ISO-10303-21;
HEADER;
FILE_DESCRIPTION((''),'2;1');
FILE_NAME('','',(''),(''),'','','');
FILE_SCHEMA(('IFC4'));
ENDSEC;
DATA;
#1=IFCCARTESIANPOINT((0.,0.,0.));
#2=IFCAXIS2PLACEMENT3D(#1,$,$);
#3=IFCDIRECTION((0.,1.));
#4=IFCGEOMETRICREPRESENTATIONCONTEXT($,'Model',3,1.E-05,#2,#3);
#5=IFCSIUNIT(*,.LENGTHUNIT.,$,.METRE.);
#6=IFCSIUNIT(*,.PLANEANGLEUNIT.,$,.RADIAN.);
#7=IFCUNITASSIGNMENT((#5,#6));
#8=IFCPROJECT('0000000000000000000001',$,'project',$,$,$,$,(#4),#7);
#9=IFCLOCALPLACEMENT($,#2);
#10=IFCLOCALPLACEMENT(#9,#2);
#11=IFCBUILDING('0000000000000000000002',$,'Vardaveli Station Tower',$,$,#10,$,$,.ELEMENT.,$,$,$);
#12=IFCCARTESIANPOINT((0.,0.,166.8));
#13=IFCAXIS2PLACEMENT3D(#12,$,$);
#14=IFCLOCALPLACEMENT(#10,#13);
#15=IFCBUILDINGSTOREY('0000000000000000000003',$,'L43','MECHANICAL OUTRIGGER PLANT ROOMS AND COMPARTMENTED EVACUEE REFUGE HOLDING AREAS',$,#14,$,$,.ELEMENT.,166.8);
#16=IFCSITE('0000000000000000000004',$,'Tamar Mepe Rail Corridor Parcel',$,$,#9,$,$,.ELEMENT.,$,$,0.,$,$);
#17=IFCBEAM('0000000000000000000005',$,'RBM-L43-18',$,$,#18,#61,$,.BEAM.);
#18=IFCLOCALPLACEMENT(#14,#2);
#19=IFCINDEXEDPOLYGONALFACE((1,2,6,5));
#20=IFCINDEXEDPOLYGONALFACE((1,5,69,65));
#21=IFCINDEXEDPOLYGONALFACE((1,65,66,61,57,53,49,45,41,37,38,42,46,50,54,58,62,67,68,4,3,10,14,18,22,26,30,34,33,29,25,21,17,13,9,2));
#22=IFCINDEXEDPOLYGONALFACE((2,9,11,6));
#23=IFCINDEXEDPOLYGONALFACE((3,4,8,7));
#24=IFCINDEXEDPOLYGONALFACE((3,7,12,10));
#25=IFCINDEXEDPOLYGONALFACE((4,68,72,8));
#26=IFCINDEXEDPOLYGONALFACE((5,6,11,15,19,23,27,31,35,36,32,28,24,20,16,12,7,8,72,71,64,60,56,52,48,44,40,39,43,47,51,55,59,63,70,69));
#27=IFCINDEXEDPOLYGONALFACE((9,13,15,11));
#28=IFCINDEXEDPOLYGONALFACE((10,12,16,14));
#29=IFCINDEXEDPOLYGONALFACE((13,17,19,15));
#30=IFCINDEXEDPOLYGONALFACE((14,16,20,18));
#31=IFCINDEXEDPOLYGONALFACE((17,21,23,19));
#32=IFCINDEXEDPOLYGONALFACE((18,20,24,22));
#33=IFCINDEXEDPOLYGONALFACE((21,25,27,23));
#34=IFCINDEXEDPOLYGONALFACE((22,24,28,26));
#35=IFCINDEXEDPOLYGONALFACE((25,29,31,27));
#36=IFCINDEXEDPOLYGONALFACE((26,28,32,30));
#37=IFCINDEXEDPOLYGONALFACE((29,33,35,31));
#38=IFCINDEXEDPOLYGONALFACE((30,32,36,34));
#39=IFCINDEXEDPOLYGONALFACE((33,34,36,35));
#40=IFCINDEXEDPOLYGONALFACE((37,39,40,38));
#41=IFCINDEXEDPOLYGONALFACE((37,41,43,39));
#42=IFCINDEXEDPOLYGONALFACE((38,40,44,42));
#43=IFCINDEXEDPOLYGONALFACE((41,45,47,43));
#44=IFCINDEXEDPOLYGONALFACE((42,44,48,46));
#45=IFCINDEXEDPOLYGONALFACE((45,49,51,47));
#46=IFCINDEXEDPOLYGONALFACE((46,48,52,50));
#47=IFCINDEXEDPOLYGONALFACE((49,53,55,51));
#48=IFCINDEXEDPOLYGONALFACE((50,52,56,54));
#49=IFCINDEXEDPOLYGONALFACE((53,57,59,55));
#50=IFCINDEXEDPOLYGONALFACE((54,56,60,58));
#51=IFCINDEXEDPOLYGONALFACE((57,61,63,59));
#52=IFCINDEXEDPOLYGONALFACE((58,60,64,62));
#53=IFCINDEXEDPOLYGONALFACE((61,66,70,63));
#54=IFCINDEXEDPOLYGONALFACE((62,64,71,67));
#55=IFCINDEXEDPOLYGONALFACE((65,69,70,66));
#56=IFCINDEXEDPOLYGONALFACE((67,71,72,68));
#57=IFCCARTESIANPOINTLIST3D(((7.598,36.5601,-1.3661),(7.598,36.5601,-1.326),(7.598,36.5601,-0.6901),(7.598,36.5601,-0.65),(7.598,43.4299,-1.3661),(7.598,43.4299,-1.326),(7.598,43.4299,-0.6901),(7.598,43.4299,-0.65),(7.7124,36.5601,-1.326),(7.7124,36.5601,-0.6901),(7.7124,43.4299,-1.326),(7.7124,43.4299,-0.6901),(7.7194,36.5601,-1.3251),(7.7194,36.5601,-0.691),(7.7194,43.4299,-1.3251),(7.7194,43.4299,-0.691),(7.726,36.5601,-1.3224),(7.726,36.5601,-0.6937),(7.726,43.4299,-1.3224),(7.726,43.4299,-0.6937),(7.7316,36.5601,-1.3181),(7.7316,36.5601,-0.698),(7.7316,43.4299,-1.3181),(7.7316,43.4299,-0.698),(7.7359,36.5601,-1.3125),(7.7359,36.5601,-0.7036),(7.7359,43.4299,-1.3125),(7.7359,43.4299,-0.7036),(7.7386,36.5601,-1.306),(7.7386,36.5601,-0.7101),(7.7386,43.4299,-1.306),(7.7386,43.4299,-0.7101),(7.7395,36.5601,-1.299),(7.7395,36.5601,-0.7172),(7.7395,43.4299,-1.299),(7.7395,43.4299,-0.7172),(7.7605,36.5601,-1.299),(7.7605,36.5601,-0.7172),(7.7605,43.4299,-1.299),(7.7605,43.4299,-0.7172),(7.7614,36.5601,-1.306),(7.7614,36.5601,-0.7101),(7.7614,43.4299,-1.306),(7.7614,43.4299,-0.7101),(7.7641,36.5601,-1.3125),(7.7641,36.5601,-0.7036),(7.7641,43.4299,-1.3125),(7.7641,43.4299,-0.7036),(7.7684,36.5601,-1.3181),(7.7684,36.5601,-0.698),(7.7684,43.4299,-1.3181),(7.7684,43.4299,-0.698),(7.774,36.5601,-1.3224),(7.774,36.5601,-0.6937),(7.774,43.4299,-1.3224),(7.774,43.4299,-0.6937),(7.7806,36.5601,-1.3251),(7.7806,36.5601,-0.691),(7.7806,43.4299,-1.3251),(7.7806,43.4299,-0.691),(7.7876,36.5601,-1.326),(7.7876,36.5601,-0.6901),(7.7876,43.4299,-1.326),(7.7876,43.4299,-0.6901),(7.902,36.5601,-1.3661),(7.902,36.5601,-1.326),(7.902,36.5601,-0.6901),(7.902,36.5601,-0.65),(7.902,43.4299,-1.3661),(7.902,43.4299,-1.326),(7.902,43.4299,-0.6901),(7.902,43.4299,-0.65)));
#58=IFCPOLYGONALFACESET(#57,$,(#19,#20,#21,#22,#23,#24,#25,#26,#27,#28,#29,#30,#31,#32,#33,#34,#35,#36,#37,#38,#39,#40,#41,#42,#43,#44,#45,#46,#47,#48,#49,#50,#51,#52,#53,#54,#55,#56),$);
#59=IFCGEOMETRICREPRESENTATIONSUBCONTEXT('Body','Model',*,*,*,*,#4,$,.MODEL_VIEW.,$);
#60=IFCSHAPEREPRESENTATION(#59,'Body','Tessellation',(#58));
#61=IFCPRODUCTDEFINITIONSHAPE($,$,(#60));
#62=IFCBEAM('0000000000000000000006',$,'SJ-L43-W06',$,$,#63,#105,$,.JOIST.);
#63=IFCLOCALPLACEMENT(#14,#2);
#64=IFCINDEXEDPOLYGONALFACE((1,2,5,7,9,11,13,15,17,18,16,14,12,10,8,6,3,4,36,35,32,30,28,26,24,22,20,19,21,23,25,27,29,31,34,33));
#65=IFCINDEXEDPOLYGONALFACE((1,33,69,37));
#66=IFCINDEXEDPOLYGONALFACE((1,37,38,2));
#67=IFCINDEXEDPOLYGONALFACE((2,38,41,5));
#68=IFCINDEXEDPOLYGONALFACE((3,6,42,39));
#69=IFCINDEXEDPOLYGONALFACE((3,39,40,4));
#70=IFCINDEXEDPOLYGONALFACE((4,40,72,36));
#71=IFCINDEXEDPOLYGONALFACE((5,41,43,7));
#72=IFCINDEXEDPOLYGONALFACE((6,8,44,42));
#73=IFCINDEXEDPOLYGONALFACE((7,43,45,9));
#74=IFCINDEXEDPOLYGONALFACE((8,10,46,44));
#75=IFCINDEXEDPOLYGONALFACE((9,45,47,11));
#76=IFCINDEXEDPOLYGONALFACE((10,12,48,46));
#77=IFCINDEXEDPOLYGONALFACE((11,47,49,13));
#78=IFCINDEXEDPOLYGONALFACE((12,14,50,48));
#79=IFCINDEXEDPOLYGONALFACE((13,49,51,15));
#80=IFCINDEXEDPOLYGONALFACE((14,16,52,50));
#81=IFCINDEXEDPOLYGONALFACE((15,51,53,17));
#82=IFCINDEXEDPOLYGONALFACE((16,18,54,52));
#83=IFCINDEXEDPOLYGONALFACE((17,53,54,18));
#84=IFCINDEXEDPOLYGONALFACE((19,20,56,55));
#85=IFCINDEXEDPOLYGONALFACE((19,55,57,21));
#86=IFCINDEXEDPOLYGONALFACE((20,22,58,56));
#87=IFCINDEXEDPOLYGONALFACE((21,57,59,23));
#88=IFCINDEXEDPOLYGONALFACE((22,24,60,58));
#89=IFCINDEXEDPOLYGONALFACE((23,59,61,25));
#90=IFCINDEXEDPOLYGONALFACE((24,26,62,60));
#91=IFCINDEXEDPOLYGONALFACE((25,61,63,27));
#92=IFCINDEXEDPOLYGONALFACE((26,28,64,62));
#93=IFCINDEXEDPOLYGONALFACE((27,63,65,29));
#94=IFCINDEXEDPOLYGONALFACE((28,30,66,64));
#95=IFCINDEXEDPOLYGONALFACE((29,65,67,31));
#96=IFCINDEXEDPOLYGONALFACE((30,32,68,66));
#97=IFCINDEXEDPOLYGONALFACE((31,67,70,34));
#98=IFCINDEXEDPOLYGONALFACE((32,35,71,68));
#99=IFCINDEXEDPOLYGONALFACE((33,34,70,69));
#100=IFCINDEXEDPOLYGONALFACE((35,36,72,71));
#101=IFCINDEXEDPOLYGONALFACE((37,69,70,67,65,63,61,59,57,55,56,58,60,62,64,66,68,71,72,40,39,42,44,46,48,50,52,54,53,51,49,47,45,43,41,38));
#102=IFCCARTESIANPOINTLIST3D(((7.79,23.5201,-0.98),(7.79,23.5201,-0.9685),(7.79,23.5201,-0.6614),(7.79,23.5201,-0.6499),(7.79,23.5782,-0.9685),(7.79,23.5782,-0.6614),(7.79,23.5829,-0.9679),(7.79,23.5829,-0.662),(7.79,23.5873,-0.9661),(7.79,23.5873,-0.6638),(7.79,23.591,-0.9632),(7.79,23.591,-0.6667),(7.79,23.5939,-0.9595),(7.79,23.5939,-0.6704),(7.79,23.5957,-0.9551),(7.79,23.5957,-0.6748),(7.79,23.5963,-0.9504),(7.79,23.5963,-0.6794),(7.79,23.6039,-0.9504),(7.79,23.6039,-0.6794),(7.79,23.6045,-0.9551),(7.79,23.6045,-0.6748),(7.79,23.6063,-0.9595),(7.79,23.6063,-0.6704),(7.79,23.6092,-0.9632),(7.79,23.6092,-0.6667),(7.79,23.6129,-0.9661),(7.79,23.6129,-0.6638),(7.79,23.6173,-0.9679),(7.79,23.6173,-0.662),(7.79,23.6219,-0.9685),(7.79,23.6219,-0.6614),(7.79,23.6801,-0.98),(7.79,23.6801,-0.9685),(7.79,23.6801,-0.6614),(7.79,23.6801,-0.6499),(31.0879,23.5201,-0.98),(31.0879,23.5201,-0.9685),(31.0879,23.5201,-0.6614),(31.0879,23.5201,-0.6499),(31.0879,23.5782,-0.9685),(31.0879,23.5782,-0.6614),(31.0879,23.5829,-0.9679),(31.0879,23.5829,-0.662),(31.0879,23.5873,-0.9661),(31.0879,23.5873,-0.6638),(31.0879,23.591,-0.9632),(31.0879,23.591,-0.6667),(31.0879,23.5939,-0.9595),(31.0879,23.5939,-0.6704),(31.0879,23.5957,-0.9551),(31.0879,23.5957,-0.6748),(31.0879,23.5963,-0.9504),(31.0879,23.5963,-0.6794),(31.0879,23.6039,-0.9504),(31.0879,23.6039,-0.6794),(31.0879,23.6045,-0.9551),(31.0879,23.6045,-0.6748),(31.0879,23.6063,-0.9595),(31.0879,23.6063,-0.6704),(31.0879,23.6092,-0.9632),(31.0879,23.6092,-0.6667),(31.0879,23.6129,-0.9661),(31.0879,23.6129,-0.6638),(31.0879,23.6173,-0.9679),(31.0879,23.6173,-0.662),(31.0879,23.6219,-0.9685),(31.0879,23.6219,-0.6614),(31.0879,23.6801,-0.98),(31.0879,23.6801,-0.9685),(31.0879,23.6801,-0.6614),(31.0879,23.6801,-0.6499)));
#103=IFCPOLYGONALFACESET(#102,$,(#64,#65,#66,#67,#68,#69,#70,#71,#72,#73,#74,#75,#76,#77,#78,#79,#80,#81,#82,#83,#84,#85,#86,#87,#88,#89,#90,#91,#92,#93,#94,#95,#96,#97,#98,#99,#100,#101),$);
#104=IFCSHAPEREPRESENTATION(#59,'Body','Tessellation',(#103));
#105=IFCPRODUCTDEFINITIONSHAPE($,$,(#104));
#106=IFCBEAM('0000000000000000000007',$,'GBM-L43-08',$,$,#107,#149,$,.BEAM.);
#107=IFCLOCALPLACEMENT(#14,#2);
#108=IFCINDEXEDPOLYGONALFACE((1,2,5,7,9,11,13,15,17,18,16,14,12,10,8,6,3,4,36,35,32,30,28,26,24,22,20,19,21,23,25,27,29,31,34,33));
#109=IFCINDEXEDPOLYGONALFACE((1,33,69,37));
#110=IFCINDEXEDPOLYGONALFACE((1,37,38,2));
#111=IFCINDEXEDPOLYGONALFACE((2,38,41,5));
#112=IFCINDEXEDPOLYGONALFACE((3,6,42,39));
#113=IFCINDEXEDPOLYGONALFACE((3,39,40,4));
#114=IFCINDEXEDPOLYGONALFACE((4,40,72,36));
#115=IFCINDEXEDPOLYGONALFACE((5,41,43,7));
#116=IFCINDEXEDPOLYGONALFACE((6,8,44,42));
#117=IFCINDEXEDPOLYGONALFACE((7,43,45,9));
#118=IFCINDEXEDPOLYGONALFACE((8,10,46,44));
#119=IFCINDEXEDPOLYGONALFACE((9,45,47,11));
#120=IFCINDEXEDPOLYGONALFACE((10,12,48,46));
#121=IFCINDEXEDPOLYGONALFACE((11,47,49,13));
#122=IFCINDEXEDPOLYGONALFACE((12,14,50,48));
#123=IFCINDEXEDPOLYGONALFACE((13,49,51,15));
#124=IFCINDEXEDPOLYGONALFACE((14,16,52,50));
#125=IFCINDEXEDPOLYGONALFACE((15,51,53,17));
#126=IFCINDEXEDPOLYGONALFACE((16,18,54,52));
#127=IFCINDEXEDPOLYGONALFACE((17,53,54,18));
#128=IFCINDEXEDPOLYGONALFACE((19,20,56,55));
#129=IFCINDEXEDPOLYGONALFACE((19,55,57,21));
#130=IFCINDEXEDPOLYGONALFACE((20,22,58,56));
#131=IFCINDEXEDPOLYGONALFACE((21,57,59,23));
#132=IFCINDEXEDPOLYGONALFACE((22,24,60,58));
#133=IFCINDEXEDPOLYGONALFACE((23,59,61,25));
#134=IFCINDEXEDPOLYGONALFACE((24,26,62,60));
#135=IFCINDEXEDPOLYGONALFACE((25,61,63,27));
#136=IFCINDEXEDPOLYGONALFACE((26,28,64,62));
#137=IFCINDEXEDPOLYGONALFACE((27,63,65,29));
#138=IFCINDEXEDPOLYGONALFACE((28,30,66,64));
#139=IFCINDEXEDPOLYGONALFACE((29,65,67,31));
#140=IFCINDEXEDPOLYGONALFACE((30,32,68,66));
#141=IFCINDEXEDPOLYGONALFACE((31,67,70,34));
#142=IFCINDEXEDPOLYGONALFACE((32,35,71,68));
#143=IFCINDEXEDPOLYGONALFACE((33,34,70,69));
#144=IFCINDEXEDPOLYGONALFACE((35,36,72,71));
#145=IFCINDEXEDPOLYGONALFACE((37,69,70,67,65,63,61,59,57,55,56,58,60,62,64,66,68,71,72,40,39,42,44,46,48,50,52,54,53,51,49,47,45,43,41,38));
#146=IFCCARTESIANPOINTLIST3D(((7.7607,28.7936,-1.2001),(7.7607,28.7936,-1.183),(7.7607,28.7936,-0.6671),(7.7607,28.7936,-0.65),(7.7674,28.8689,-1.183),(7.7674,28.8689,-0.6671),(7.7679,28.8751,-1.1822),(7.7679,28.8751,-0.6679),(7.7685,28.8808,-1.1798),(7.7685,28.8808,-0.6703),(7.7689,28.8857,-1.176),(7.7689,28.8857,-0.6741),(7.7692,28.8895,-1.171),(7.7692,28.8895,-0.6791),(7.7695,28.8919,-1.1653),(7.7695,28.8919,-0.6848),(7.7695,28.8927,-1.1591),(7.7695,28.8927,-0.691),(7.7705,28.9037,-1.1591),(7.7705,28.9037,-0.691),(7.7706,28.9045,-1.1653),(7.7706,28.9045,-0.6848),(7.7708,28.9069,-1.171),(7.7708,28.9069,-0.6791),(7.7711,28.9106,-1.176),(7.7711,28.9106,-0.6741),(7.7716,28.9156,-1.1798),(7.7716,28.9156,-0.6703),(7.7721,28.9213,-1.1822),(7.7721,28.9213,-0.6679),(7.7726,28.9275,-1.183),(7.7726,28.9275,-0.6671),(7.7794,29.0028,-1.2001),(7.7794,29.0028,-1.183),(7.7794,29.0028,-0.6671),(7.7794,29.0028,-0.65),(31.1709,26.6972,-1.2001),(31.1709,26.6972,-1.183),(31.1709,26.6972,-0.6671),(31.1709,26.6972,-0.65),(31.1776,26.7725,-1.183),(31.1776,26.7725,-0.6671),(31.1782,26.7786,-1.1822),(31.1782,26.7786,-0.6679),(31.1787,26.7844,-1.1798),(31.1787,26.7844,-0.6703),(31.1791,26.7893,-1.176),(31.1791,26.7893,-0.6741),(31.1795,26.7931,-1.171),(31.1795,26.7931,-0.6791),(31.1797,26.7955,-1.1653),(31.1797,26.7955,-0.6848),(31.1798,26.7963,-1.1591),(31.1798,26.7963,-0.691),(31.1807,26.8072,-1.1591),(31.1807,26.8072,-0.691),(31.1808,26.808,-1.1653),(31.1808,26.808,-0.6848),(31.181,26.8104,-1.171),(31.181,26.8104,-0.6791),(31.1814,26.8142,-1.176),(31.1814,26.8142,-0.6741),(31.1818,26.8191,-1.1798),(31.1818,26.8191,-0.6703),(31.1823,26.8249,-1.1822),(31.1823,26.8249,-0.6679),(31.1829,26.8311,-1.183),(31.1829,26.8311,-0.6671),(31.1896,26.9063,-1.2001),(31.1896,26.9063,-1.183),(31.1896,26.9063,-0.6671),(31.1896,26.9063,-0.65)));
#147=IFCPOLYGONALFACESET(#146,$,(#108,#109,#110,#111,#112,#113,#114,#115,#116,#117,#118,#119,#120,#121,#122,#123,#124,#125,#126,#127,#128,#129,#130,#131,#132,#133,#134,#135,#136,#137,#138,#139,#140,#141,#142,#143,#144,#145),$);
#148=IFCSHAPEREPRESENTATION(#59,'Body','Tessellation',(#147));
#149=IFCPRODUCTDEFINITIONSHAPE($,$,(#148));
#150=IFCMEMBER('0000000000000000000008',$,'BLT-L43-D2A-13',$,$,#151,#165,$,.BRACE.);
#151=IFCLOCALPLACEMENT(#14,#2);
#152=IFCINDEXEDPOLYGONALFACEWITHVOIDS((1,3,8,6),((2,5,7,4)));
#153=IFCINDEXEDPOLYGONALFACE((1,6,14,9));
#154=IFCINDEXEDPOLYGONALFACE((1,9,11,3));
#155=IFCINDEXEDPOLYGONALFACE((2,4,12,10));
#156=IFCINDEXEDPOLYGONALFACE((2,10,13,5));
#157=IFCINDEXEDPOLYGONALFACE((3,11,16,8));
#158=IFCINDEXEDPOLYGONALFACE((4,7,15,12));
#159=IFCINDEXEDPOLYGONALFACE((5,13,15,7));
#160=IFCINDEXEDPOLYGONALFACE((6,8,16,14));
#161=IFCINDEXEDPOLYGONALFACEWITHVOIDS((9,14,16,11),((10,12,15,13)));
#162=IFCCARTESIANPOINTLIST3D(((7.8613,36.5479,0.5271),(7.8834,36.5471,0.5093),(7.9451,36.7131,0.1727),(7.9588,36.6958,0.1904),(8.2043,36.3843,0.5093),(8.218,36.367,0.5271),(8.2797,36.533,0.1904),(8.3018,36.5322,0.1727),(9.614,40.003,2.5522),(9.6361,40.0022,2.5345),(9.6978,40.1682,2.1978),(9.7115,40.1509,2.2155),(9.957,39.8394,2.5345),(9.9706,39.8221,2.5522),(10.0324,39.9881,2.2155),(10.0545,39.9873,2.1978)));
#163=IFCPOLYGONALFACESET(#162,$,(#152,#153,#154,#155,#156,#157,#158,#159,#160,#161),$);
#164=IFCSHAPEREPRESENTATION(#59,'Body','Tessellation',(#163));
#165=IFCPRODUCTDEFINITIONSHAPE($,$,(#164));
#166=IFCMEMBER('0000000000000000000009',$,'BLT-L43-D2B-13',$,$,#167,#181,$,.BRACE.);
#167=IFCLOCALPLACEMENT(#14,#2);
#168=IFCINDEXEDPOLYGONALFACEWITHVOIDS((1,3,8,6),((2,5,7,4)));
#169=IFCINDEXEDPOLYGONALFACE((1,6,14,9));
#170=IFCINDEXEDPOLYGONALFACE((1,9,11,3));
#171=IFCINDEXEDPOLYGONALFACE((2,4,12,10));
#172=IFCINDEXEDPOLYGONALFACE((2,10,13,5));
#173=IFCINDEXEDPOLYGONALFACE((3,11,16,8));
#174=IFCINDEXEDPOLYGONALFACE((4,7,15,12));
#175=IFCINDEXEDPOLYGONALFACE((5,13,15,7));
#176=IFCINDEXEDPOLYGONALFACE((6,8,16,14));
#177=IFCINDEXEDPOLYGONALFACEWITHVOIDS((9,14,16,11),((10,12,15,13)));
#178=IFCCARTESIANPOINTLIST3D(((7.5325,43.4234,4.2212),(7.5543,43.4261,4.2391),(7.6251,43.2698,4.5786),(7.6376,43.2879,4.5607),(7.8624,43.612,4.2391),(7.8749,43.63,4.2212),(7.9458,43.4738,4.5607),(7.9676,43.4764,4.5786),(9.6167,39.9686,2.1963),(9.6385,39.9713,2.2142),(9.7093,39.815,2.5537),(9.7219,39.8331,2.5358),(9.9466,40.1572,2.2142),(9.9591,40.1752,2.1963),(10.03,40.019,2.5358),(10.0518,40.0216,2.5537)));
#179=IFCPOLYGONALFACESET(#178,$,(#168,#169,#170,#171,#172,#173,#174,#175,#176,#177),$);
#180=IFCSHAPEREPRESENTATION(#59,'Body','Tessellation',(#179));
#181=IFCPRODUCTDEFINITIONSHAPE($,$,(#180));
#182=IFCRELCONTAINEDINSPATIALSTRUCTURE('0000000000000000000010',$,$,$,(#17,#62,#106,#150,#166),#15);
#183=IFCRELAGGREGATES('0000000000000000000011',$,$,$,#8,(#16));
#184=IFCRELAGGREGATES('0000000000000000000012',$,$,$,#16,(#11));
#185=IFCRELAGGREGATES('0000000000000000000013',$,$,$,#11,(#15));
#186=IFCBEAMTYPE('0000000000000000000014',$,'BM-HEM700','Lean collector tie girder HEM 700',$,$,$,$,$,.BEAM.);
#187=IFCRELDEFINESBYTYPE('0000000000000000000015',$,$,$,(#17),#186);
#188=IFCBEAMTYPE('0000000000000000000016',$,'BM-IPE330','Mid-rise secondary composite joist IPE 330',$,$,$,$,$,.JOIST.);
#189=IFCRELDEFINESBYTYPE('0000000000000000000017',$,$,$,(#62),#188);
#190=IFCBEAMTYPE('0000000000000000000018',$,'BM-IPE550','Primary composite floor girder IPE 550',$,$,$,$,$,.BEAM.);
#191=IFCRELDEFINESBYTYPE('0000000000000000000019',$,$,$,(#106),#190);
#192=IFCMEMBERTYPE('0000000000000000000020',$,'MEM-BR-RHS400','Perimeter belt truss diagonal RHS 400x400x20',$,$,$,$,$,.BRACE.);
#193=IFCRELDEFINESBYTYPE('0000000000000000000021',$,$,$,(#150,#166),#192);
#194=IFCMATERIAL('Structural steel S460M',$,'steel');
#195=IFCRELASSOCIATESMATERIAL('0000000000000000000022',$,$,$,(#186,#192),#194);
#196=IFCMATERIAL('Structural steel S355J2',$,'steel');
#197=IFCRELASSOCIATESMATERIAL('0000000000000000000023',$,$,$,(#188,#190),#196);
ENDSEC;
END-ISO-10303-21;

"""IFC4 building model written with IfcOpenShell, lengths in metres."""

from ifc_helpers import new_model, si_unit, direction, frame, origin, origin_2d, place, context, subcontext, project, spatial, hollow_rectangle, i_section, extrude, source, transform, mapped, material, material_profile, profile_set, type_object, element, save


model = new_model("IFC4")

# Units and contexts
model_context = context("Model", 3, precision=1e-05, world=origin(), true_north=direction((0.0, 1.0)))
body_context = subcontext(model_context, "Body", "Model", "MODEL_VIEW")
ifc_project = project(units=[si_unit("LENGTHUNIT", "METRE"), si_unit("PLANEANGLEUNIT", "RADIAN")], contexts=[model_context])

# Site, building, storey
site_placement = place(None, origin())
site = spatial("IfcSite", under=ifc_project, at=site_placement, Name="Tamar Mepe Rail Corridor Parcel", CompositionType="ELEMENT", RefElevation=0.0)
building_placement = place(site_placement, origin())
building = spatial("IfcBuilding", under=site, at=building_placement, Name="Vardaveli Station Tower", CompositionType="ELEMENT")
storey_placement = place(building_placement, frame((0.0, 0.0, 166.8)))
storey = spatial("IfcBuildingStorey", under=building, at=storey_placement, Name="L43", Description="MECHANICAL OUTRIGGER PLANT ROOMS AND COMPARTMENTED EVACUEE REFUGE HOLDING AREAS", CompositionType="ELEMENT", Elevation=166.8)

# Shared definitions
ifc_material_1 = material(Name="Structural steel S460M", Category="steel")

# Beams
ifc_material_profile_1 = material_profile(ifc_material_1, i_section(OverallWidth=0.304, OverallDepth=0.7161, WebThickness=0.021, FlangeThickness=0.04, FilletRadius=0.0271, at=origin_2d()), Name="HEM 700")
ifc_profile_set_1 = profile_set([ifc_material_profile_1], Name="Structural steel S460M")
beam_type_1 = type_object("IfcBeamType", Name="BM-HEM700", Description="Lean collector tie girder HEM 700", PredefinedType="BEAM", material=ifc_profile_set_1)
shared_shape_1 = source(origin(), body_context, "Body", "SweptSolid", [
    extrude(i_section(OverallWidth=0.304, OverallDepth=0.7161, WebThickness=0.021, FlangeThickness=0.04, FilletRadius=0.0271, at=origin_2d()), origin(), (0.0, 0.0, 1.0), 6.8699),
])
beam_1_placement = place(storey_placement, frame((7.75, 43.4299, -1.0081), z_axis=(0.0, -1.0, 0.0), x_axis=(1.0, 0.0, 0.0)))
element("IfcBeam", 1, at=beam_1_placement, inside=storey, type_object=beam_type_1, Name="RBM-L43-18", PredefinedType="BEAM", context=body_context, shape_type="MappedRepresentation", body=[
    mapped(shared_shape_1, transform((0.0, 0.0, 0.0), scale=1.0)),
])
ifc_material_2 = material(Name="Structural steel S355J2", Category="steel")
ifc_material_profile_2 = material_profile(ifc_material_2, i_section(OverallWidth=0.1599, OverallDepth=0.3301, WebThickness=0.0076, FlangeThickness=0.0115, FilletRadius=0.0181, at=origin_2d()), Name="IPE 330")
ifc_profile_set_2 = profile_set([ifc_material_profile_2], Name="Structural steel S355J2")
beam_type_2 = type_object("IfcBeamType", Name="BM-IPE330", Description="Mid-rise secondary composite joist IPE 330", PredefinedType="JOIST", material=ifc_profile_set_2)
shared_shape_2 = source(origin(), body_context, "Body", "SweptSolid", [
    extrude(i_section(OverallWidth=0.1599, OverallDepth=0.3301, WebThickness=0.0076, FlangeThickness=0.0115, FilletRadius=0.0181, at=origin_2d()), origin(), (0.0, 0.0, 1.0), 23.2979),
])
beam_2_placement = place(storey_placement, frame((7.79, 23.6001, -0.8149), z_axis=(1.0, 0.0, 0.0), x_axis=(0.0, 1.0, 0.0)))
element("IfcBeam", 2, at=beam_2_placement, inside=storey, type_object=beam_type_2, Name="SJ-L43-W06", PredefinedType="JOIST", context=body_context, shape_type="MappedRepresentation", body=[
    mapped(shared_shape_2, transform((0.0, 0.0, 0.0), scale=1.0)),
])
ifc_material_profile_3 = material_profile(ifc_material_2, i_section(OverallWidth=0.21, OverallDepth=0.55, WebThickness=0.011, FlangeThickness=0.0171, FilletRadius=0.0239, at=origin_2d()), Name="IPE 550")
ifc_profile_set_3 = profile_set([ifc_material_profile_3], Name="Structural steel S355J2")
beam_type_3 = type_object("IfcBeamType", Name="BM-IPE550", Description="Primary composite floor girder IPE 550", PredefinedType="BEAM", material=ifc_profile_set_3)
shared_shape_3 = source(origin(), body_context, "Body", "SweptSolid", [
    extrude(i_section(OverallWidth=0.21, OverallDepth=0.55, WebThickness=0.011, FlangeThickness=0.0171, FilletRadius=0.0239, at=origin_2d()), origin(), (0.0, 0.0, 1.0), 23.5039),
])
beam_3_placement = place(storey_placement, frame((7.77, 28.8982, -0.925), z_axis=(0.996014, -0.089195, 0.0), x_axis=(0.089195, 0.996014, 0.0)))
element("IfcBeam", 3, at=beam_3_placement, inside=storey, type_object=beam_type_3, Name="GBM-L43-08", PredefinedType="BEAM", context=body_context, shape_type="MappedRepresentation", body=[
    mapped(shared_shape_3, transform((0.0, 0.0, 0.0), scale=1.0)),
])

# Members
ifc_material_profile_4 = material_profile(ifc_material_1, hollow_rectangle(XDim=0.3999, YDim=0.3999, WallThickness=0.02, at=origin_2d()), Name="RHS 400x400x20")
ifc_profile_set_4 = profile_set([ifc_material_profile_4], Name="Structural steel S460M")
member_type = type_object("IfcMemberType", Name="MEM-BR-RHS400", Description="Perimeter belt truss diagonal RHS 400x400x20", PredefinedType="BRACE", material=ifc_profile_set_4)
shared_shape_4 = source(origin(), body_context, "Body", "SweptSolid", [
    extrude(hollow_rectangle(XDim=0.3999, YDim=0.3999, WallThickness=0.02, at=origin_2d()), origin(), (0.0, 0.0, 1.0), 4.3716),
])
member_1_placement = place(storey_placement, frame((8.0815, 36.54, 0.3499), z_axis=(0.400927, 0.79035, 0.463253), x_axis=(-0.891816, 0.452399, 0.0)))
element("IfcMember", 4, at=member_1_placement, inside=storey, type_object=member_type, Name="BLT-L43-D2A-13", PredefinedType="BRACE", context=body_context, shape_type="MappedRepresentation", body=[
    mapped(shared_shape_4, transform((0.0, 0.0, 0.0), scale=1.0)),
])
shared_shape_5 = source(origin(), body_context, "Body", "SweptSolid", [
    extrude(hollow_rectangle(XDim=0.3999, YDim=0.3999, WallThickness=0.02, at=origin_2d()), origin(), (0.0, 0.0, 1.0), 4.5144),
])
member_2_placement = place(storey_placement, frame((9.8342, 39.9951, 2.375), z_axis=(-0.461681, 0.765286, 0.44854), x_axis=(-0.856252, -0.516559, 0.0)))
element("IfcMember", 5, at=member_2_placement, inside=storey, type_object=member_type, Name="BLT-L43-D2B-13", PredefinedType="BRACE", context=body_context, shape_type="MappedRepresentation", body=[
    mapped(shared_shape_5, transform((0.0, 0.0, 0.0), scale=1.0)),
])

save(model, "model.ifc")
